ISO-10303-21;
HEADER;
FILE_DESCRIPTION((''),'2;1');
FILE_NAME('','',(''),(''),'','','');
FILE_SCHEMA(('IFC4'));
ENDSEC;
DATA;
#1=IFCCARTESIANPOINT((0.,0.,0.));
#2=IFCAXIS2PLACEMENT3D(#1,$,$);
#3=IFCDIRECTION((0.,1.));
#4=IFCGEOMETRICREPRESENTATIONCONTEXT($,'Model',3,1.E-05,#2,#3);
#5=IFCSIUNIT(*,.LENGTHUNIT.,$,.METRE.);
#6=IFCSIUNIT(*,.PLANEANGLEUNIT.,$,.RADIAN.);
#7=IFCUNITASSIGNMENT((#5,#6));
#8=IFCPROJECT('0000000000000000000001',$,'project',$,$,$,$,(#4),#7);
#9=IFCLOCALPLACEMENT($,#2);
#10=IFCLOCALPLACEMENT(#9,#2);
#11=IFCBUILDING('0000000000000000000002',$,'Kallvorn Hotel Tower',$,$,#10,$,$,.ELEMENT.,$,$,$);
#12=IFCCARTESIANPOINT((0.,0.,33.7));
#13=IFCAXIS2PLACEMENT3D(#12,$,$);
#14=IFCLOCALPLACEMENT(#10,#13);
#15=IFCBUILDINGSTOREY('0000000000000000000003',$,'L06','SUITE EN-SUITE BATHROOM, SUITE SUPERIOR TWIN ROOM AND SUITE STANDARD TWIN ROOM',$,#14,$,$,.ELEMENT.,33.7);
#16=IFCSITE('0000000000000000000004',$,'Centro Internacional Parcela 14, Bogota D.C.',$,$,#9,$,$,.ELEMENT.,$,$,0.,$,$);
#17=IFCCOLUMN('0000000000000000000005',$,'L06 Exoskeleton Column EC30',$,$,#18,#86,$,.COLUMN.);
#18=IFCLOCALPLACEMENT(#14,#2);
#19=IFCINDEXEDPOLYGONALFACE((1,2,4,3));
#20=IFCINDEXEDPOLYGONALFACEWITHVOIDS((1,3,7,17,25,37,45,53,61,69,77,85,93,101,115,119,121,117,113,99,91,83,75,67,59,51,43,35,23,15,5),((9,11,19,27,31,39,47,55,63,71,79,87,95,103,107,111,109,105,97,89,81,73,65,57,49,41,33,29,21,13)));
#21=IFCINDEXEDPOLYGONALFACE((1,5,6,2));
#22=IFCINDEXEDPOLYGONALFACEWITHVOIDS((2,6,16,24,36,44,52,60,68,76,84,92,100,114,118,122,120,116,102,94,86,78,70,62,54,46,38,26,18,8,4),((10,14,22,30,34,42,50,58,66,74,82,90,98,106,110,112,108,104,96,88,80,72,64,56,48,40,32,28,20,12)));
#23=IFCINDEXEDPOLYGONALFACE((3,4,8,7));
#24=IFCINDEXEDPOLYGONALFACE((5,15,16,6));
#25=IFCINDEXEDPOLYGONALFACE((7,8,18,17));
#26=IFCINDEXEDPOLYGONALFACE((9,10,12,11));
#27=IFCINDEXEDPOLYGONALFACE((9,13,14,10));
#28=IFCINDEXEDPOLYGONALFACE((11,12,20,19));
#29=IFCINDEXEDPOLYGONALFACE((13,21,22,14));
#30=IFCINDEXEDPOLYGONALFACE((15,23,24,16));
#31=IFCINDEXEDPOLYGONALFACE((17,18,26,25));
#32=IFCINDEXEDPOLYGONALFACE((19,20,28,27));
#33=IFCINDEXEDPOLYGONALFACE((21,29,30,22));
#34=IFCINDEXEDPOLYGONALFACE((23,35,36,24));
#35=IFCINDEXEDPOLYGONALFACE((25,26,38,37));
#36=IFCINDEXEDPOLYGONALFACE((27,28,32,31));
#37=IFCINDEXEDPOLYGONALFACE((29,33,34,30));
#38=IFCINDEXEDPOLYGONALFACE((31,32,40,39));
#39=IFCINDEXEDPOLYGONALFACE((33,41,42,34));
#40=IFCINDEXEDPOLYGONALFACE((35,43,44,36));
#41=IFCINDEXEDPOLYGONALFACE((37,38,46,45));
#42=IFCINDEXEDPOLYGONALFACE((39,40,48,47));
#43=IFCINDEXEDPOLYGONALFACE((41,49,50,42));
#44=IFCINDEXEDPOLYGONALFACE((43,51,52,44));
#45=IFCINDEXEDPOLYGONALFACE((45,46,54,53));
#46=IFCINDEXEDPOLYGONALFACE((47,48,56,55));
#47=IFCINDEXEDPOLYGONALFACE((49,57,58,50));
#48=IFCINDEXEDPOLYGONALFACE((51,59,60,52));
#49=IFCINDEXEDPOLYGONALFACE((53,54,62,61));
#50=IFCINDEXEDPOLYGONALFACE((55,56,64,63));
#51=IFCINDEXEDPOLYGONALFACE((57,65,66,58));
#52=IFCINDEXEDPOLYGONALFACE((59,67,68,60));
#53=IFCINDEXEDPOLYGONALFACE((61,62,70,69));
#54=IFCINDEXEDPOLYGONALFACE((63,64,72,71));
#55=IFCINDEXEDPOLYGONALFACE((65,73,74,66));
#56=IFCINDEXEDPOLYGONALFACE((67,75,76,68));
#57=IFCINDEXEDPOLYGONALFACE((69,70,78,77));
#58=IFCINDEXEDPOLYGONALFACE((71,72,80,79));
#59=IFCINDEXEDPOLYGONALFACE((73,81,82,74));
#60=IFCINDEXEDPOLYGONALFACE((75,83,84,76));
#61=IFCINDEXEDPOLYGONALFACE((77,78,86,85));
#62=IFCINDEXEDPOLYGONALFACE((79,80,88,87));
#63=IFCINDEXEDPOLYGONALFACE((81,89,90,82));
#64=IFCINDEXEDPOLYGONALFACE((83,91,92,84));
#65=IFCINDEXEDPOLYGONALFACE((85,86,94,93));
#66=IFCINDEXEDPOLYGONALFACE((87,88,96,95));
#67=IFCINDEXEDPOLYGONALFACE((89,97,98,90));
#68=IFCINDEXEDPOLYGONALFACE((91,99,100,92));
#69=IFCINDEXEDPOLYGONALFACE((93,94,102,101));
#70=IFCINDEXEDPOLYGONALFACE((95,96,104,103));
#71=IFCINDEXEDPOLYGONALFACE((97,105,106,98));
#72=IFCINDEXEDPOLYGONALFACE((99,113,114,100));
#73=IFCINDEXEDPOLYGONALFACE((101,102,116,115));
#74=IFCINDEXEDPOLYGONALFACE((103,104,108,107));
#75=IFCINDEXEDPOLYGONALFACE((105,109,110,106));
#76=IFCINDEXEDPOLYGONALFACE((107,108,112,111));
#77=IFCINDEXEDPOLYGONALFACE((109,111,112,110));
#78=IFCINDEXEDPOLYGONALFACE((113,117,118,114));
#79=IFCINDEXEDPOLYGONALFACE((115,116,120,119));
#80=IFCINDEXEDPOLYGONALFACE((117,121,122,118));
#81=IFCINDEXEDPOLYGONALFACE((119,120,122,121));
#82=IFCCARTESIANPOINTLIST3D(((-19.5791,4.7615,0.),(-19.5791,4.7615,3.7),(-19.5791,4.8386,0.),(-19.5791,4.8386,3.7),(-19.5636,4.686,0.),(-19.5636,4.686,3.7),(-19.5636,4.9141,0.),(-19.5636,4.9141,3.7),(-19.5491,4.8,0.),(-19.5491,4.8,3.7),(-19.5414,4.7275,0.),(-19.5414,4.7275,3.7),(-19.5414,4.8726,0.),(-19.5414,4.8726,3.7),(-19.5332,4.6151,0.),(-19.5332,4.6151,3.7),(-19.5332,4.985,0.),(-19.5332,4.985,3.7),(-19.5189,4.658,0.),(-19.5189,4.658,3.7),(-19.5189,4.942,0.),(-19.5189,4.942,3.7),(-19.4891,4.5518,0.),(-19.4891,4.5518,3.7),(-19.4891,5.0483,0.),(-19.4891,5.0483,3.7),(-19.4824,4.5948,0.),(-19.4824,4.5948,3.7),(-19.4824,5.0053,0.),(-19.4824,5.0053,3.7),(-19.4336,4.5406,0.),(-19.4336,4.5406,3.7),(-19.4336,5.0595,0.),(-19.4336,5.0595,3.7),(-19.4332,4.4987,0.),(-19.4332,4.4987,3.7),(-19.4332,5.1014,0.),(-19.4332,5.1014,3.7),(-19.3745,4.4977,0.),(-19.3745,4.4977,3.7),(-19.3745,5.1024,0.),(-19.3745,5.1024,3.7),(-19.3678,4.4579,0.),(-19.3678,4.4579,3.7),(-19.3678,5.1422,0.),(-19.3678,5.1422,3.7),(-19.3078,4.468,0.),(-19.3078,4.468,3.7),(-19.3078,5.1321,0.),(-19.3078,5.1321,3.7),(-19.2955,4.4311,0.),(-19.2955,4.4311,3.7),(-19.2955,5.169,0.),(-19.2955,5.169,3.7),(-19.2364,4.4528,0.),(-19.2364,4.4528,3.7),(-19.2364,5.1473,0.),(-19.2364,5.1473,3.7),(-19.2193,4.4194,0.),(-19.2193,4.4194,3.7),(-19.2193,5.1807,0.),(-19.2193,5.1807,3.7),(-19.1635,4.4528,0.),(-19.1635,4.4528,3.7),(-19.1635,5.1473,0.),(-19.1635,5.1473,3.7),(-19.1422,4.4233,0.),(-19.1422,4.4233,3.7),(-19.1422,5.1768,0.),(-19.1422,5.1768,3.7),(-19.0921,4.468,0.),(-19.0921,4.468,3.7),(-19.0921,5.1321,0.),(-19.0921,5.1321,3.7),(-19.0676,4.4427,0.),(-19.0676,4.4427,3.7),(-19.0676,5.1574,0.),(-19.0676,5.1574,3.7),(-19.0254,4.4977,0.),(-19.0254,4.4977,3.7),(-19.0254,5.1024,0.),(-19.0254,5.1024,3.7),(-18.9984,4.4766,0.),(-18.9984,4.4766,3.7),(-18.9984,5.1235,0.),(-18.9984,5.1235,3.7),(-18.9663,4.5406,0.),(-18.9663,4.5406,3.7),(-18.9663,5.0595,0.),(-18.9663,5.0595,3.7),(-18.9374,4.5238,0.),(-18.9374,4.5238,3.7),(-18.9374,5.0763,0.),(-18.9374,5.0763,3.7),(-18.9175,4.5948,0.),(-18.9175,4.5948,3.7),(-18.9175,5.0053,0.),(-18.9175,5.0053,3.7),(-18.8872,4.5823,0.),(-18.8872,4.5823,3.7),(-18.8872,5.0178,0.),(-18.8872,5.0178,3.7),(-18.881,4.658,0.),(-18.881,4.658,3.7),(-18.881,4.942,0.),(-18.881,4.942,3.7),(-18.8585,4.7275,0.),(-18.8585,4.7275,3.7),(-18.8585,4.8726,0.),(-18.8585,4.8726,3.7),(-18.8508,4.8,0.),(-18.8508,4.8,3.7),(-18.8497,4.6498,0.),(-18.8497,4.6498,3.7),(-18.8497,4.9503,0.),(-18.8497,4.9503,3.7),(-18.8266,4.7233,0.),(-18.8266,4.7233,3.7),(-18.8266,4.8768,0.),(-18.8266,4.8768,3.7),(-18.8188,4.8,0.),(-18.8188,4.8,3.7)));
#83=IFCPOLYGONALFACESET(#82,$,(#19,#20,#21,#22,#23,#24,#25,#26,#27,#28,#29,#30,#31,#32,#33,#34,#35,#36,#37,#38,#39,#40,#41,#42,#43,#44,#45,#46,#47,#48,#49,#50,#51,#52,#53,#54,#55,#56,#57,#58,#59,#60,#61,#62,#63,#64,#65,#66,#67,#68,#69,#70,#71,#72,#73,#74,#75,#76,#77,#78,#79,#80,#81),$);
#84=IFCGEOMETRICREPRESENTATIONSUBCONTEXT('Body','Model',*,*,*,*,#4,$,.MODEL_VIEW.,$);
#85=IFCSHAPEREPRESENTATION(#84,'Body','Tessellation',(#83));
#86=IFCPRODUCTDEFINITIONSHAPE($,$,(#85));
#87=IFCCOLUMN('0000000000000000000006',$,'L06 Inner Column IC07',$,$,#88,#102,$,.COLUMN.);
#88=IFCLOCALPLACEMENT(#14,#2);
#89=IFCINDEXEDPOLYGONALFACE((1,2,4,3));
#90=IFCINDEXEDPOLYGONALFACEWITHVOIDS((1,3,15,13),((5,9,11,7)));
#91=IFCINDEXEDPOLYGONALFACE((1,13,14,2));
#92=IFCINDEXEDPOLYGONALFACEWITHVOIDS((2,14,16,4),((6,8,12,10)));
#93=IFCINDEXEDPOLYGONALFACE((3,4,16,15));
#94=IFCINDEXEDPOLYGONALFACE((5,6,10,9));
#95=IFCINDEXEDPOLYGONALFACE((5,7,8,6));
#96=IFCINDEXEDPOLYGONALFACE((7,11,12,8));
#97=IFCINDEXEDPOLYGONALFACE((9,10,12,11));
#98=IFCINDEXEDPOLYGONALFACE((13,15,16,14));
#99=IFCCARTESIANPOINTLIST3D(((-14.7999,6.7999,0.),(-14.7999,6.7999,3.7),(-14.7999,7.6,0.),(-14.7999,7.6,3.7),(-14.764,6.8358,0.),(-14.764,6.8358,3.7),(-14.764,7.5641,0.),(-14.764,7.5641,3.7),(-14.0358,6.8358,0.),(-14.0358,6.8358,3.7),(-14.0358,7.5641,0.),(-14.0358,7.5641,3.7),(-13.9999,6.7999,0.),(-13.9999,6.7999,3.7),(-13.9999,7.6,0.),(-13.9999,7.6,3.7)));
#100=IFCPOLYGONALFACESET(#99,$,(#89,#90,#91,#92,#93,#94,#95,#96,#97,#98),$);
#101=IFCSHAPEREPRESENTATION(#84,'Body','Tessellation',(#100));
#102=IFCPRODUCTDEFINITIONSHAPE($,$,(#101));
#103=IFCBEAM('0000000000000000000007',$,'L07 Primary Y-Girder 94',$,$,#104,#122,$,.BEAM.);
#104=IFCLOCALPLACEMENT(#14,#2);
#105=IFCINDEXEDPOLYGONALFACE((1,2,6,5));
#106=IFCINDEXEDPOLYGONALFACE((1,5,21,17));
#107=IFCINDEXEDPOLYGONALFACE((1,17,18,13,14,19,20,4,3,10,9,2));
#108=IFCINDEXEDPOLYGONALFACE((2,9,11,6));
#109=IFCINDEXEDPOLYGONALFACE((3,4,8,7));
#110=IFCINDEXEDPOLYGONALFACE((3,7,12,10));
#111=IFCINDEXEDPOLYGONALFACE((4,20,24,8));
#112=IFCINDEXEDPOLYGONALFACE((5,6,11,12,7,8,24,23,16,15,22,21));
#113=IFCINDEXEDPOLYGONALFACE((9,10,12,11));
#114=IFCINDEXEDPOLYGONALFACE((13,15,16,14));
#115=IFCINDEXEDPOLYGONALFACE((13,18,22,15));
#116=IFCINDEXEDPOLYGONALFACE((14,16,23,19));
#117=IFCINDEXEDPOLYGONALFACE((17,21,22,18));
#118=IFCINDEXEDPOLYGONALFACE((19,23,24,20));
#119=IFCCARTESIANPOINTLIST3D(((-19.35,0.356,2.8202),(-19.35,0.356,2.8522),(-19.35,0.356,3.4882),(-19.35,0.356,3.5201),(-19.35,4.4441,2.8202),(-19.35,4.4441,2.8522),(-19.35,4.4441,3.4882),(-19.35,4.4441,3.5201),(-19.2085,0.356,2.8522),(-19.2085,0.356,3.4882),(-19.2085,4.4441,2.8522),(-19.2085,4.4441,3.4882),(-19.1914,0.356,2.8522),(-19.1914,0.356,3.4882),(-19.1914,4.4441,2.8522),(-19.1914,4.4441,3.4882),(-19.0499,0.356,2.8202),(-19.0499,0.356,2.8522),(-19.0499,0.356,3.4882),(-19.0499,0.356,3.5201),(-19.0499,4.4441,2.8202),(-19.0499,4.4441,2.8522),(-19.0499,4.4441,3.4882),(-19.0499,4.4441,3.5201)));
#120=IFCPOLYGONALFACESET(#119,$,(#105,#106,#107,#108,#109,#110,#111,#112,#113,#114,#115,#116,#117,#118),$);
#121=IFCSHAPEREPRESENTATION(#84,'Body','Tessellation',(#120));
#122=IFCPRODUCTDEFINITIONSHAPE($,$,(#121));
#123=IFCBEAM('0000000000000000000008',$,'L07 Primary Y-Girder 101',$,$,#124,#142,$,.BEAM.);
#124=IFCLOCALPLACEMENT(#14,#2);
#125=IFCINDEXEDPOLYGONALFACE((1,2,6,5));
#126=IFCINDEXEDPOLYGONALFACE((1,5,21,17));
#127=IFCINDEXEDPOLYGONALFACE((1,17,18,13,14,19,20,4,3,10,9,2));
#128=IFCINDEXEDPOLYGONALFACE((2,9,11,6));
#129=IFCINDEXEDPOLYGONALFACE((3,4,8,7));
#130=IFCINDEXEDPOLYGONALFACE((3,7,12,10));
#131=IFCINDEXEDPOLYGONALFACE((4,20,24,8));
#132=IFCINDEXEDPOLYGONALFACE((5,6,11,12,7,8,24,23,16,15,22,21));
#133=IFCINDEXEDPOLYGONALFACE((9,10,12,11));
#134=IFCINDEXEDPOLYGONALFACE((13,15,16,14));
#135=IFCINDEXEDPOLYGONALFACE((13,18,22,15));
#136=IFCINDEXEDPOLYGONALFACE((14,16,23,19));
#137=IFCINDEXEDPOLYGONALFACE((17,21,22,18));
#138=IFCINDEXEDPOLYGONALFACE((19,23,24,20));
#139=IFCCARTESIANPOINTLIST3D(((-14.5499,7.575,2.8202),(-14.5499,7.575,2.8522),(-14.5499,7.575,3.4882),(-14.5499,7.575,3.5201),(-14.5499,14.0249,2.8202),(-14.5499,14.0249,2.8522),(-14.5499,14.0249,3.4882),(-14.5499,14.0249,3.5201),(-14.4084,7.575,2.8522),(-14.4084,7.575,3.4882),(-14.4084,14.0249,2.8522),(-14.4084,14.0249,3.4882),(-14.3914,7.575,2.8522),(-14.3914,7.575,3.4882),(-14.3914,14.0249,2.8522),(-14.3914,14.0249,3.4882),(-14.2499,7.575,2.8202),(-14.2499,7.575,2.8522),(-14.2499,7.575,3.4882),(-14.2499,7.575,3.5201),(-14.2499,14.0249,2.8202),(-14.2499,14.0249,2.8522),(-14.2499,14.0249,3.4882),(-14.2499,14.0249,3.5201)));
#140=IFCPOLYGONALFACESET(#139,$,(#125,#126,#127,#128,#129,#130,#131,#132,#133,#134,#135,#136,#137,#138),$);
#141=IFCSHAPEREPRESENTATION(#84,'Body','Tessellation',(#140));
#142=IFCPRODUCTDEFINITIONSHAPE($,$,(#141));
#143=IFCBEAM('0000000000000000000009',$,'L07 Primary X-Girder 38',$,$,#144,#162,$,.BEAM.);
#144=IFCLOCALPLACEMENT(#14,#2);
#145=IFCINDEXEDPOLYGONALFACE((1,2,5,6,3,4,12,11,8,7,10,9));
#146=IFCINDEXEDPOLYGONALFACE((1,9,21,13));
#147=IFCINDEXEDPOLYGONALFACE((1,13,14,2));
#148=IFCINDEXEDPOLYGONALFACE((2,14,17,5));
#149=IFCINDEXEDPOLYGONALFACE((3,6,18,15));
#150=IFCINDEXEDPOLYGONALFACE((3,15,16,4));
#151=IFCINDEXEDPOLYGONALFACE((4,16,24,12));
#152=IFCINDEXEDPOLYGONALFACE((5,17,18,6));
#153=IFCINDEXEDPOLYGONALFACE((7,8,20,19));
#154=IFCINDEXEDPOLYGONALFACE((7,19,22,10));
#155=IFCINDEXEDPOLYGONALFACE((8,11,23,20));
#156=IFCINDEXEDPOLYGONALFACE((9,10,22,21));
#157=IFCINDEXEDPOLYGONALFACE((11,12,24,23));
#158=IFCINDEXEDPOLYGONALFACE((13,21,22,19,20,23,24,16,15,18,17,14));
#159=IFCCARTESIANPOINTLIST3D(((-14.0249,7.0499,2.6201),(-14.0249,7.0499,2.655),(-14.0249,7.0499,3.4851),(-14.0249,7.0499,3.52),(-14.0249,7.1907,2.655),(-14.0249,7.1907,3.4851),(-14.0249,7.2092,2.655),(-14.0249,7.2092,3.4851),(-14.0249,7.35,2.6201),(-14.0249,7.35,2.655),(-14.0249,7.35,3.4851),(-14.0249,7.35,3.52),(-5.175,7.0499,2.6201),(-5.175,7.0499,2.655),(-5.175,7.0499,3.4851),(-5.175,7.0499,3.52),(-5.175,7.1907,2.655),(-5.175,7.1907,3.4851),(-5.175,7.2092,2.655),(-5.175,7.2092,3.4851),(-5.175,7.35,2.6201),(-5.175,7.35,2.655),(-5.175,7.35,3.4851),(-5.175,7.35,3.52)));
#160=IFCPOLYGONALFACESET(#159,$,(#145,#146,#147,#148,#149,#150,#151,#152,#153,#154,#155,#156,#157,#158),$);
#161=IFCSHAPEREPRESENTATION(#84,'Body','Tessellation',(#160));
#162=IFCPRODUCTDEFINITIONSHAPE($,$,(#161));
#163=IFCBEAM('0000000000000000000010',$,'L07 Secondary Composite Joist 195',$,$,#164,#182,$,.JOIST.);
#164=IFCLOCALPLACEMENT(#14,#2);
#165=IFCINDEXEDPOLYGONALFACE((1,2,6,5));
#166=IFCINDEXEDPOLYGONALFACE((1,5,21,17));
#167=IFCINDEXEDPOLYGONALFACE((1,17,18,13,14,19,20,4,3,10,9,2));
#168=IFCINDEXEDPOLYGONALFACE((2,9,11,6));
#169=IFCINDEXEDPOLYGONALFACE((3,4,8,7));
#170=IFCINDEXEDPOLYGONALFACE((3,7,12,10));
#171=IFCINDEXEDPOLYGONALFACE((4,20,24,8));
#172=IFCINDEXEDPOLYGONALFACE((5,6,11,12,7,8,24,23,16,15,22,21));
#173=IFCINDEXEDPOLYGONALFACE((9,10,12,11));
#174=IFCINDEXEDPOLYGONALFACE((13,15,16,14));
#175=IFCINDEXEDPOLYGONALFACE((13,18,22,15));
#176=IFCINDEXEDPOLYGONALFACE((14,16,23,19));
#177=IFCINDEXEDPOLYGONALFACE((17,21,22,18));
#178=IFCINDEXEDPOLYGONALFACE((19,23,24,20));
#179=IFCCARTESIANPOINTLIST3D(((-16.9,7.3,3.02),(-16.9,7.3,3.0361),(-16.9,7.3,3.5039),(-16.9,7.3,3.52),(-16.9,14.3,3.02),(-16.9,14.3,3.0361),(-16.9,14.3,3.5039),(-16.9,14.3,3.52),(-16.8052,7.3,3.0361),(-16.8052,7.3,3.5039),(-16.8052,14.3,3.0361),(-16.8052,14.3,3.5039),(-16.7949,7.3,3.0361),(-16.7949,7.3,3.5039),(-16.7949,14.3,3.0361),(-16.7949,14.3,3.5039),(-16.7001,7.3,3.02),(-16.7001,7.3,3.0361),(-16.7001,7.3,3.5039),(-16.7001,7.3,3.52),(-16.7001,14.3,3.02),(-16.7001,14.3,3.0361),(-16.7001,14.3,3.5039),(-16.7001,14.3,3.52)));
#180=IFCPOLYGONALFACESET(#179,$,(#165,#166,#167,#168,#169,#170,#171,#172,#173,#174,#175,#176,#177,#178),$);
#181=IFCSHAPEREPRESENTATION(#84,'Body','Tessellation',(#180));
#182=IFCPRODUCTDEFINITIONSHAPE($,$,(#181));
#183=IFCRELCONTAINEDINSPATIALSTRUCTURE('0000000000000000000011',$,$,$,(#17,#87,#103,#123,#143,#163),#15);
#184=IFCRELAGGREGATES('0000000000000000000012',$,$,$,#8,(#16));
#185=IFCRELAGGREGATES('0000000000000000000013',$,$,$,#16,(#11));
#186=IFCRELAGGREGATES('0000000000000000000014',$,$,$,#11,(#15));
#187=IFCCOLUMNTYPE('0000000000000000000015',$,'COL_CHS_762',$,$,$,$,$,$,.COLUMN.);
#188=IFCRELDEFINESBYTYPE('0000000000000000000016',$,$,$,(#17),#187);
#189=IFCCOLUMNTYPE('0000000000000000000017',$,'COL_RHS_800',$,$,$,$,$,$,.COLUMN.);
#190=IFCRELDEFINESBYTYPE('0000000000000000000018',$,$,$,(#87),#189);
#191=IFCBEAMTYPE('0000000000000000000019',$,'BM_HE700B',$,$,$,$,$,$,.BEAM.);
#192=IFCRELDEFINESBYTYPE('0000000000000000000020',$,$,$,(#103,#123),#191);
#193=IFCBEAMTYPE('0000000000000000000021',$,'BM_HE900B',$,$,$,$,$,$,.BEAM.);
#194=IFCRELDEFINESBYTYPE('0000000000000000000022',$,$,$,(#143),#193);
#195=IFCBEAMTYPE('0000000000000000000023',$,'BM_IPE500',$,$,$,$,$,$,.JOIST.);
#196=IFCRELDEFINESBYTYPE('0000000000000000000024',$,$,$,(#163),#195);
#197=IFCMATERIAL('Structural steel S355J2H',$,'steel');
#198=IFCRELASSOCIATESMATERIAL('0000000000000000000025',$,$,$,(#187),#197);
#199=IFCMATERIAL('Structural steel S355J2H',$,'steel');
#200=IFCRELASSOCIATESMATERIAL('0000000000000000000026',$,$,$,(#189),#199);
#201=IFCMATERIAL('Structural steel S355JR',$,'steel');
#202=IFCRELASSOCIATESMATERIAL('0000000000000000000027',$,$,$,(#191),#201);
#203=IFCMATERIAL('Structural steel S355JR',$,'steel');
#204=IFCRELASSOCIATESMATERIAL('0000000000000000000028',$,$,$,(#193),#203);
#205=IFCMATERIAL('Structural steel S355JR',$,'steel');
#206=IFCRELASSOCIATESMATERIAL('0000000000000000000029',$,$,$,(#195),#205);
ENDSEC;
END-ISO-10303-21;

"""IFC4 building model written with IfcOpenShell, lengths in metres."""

from ifc_helpers import new_model, si_unit, direction, frame, origin, origin_2d, place, context, subcontext, project, spatial, hollow_rectangle, hollow_circle, i_section, extrude, material, material_profile, profile_set, type_object, element, save


model = new_model("IFC4")

# Units and contexts
model_context = context("Model", 3, precision=1e-05, world=origin(), true_north=direction((0.0, 1.0)))
body_context = subcontext(model_context, "Body", "Model", "MODEL_VIEW")
ifc_project = project(units=[si_unit("LENGTHUNIT", "METRE"), si_unit("PLANEANGLEUNIT", "RADIAN")], contexts=[model_context])

# Site, building, storey
site_placement = place(None, origin())
site = spatial("IfcSite", under=ifc_project, at=site_placement, Name="Centro Internacional Parcela 14, Bogota D.C.", CompositionType="ELEMENT", RefElevation=0.0)
building_placement = place(site_placement, origin())
building = spatial("IfcBuilding", under=site, at=building_placement, Name="Kallvorn Hotel Tower", CompositionType="ELEMENT")
storey_placement = place(building_placement, frame((0.0, 0.0, 33.7)))
storey = spatial("IfcBuildingStorey", under=building, at=storey_placement, Name="L06", Description="SUITE EN-SUITE BATHROOM, SUITE SUPERIOR TWIN ROOM AND SUITE STANDARD TWIN ROOM", CompositionType="ELEMENT", Elevation=33.7)

# Columns
ifc_material_1 = material(Name="Structural steel S355J2H", Category="steel")
ifc_material_profile_1 = material_profile(ifc_material_1, hollow_circle(Radius=0.3811, WallThickness=0.032, at=origin_2d()), Name="CHS 762x32")
ifc_profile_set_1 = profile_set([ifc_material_profile_1], Name="Structural steel S355J2H")
column_type_1 = type_object("IfcColumnType", Name="COL_CHS_762", PredefinedType="COLUMN", material=ifc_profile_set_1)
column_1_placement = place(storey_placement, frame((-19.2, 4.8, 0.0), z_axis=(0.0, 0.0, 1.0), x_axis=(1.0, 0.0, 0.0)))
element("IfcColumn", 1, at=column_1_placement, inside=storey, type_object=column_type_1, Name="L06 Exoskeleton Column EC30", PredefinedType="COLUMN", context=body_context, shape_type="SweptSolid", body=[
    extrude(hollow_circle(Radius=0.3811, WallThickness=0.032, at=origin_2d()), origin(), (0.0, 0.0, 1.0), 3.7),
])
ifc_material_2 = material(Name="Structural steel S355J2H", Category="steel")
ifc_material_profile_2 = material_profile(ifc_material_2, hollow_rectangle(XDim=0.8, YDim=0.8, WallThickness=0.0359, at=origin_2d()), Name="RHS 800x800x36")
ifc_profile_set_2 = profile_set([ifc_material_profile_2], Name="Structural steel S355J2H")
column_type_2 = type_object("IfcColumnType", Name="COL_RHS_800", PredefinedType="COLUMN", material=ifc_profile_set_2)
column_2_placement = place(storey_placement, frame((-14.3999, 7.2, 0.0), z_axis=(0.0, 0.0, 1.0), x_axis=(1.0, 0.0, 0.0)))
element("IfcColumn", 2, at=column_2_placement, inside=storey, type_object=column_type_2, Name="L06 Inner Column IC07", PredefinedType="COLUMN", context=body_context, shape_type="SweptSolid", body=[
    extrude(hollow_rectangle(XDim=0.8, YDim=0.8, WallThickness=0.0359, at=origin_2d()), origin(), (0.0, 0.0, 1.0), 3.7),
])

# Beams
ifc_material_3 = material(Name="Structural steel S355JR", Category="steel")
ifc_material_profile_3 = material_profile(ifc_material_3, i_section(OverallWidth=0.3, OverallDepth=0.7, WebThickness=0.0171, FlangeThickness=0.032, at=origin_2d()), Name="HE 700 B")
ifc_profile_set_3 = profile_set([ifc_material_profile_3], Name="Structural steel S355JR")
beam_type_1 = type_object("IfcBeamType", Name="BM_HE700B", PredefinedType="BEAM", material=ifc_profile_set_3)
beam_1_placement = place(storey_placement, frame((-19.2, 0.356, 3.1702), z_axis=(0.0, 1.0, 0.0), x_axis=(-1.0, 0.0, 0.0)))
element("IfcBeam", 3, at=beam_1_placement, inside=storey, type_object=beam_type_1, Name="L07 Primary Y-Girder 94", PredefinedType="BEAM", context=body_context, shape_type="SweptSolid", body=[
    extrude(i_section(OverallWidth=0.3, OverallDepth=0.7, WebThickness=0.0171, FlangeThickness=0.032, at=origin_2d()), origin(), (0.0, 0.0, 1.0), 4.0881),
])
beam_2_placement = place(storey_placement, frame((-14.3999, 7.575, 3.1702), z_axis=(0.0, 1.0, 0.0), x_axis=(-1.0, 0.0, 0.0)))
element("IfcBeam", 4, at=beam_2_placement, inside=storey, type_object=beam_type_1, Name="L07 Primary Y-Girder 101", PredefinedType="BEAM", context=body_context, shape_type="SweptSolid", body=[
    extrude(i_section(OverallWidth=0.3, OverallDepth=0.7, WebThickness=0.0171, FlangeThickness=0.032, at=origin_2d()), origin(), (0.0, 0.0, 1.0), 6.45),
])
ifc_material_4 = material(Name="Structural steel S355JR", Category="steel")
ifc_material_profile_4 = material_profile(ifc_material_4, i_section(OverallWidth=0.3, OverallDepth=0.8999, WebThickness=0.0186, FlangeThickness=0.0349, at=origin_2d()), Name="HE 900 B")
ifc_profile_set_4 = profile_set([ifc_material_profile_4], Name="Structural steel S355JR")
beam_type_2 = type_object("IfcBeamType", Name="BM_HE900B", PredefinedType="BEAM", material=ifc_profile_set_4)
beam_3_placement = place(storey_placement, frame((-14.0249, 7.2, 3.0701), z_axis=(1.0, 0.0, 0.0), x_axis=(0.0, 1.0, 0.0)))
element("IfcBeam", 5, at=beam_3_placement, inside=storey, type_object=beam_type_2, Name="L07 Primary X-Girder 38", PredefinedType="BEAM", context=body_context, shape_type="SweptSolid", body=[
    extrude(i_section(OverallWidth=0.3, OverallDepth=0.8999, WebThickness=0.0186, FlangeThickness=0.0349, at=origin_2d()), origin(), (0.0, 0.0, 1.0), 8.8499),
])
ifc_material_5 = material(Name="Structural steel S355JR", Category="steel")
ifc_material_profile_5 = material_profile(ifc_material_5, i_section(OverallWidth=0.2, OverallDepth=0.5, WebThickness=0.0103, FlangeThickness=0.0161, at=origin_2d()), Name="IPE 500")
ifc_profile_set_5 = profile_set([ifc_material_profile_5], Name="Structural steel S355JR")
beam_type_3 = type_object("IfcBeamType", Name="BM_IPE500", PredefinedType="JOIST", material=ifc_profile_set_5)
for number, where, z_axis, x_axis, name in (
    (6, (-16.8, 7.3, 3.27), (0.0, 1.0, 0.0), (-1.0, 0.0, 0.0), "L07 Secondary Composite Joist 195"),
):
    element("IfcBeam", number, at=place(storey_placement, frame(where, z_axis=z_axis, x_axis=x_axis)), inside=storey, type_object=beam_type_3, Name=name, PredefinedType="JOIST", context=body_context, shape_type="SweptSolid", body=[
        extrude(i_section(OverallWidth=0.2, OverallDepth=0.5, WebThickness=0.0103, FlangeThickness=0.0161, at=origin_2d()), origin(), (0.0, 0.0, 1.0), 7.0),
    ])

save(model, "model.ifc")
